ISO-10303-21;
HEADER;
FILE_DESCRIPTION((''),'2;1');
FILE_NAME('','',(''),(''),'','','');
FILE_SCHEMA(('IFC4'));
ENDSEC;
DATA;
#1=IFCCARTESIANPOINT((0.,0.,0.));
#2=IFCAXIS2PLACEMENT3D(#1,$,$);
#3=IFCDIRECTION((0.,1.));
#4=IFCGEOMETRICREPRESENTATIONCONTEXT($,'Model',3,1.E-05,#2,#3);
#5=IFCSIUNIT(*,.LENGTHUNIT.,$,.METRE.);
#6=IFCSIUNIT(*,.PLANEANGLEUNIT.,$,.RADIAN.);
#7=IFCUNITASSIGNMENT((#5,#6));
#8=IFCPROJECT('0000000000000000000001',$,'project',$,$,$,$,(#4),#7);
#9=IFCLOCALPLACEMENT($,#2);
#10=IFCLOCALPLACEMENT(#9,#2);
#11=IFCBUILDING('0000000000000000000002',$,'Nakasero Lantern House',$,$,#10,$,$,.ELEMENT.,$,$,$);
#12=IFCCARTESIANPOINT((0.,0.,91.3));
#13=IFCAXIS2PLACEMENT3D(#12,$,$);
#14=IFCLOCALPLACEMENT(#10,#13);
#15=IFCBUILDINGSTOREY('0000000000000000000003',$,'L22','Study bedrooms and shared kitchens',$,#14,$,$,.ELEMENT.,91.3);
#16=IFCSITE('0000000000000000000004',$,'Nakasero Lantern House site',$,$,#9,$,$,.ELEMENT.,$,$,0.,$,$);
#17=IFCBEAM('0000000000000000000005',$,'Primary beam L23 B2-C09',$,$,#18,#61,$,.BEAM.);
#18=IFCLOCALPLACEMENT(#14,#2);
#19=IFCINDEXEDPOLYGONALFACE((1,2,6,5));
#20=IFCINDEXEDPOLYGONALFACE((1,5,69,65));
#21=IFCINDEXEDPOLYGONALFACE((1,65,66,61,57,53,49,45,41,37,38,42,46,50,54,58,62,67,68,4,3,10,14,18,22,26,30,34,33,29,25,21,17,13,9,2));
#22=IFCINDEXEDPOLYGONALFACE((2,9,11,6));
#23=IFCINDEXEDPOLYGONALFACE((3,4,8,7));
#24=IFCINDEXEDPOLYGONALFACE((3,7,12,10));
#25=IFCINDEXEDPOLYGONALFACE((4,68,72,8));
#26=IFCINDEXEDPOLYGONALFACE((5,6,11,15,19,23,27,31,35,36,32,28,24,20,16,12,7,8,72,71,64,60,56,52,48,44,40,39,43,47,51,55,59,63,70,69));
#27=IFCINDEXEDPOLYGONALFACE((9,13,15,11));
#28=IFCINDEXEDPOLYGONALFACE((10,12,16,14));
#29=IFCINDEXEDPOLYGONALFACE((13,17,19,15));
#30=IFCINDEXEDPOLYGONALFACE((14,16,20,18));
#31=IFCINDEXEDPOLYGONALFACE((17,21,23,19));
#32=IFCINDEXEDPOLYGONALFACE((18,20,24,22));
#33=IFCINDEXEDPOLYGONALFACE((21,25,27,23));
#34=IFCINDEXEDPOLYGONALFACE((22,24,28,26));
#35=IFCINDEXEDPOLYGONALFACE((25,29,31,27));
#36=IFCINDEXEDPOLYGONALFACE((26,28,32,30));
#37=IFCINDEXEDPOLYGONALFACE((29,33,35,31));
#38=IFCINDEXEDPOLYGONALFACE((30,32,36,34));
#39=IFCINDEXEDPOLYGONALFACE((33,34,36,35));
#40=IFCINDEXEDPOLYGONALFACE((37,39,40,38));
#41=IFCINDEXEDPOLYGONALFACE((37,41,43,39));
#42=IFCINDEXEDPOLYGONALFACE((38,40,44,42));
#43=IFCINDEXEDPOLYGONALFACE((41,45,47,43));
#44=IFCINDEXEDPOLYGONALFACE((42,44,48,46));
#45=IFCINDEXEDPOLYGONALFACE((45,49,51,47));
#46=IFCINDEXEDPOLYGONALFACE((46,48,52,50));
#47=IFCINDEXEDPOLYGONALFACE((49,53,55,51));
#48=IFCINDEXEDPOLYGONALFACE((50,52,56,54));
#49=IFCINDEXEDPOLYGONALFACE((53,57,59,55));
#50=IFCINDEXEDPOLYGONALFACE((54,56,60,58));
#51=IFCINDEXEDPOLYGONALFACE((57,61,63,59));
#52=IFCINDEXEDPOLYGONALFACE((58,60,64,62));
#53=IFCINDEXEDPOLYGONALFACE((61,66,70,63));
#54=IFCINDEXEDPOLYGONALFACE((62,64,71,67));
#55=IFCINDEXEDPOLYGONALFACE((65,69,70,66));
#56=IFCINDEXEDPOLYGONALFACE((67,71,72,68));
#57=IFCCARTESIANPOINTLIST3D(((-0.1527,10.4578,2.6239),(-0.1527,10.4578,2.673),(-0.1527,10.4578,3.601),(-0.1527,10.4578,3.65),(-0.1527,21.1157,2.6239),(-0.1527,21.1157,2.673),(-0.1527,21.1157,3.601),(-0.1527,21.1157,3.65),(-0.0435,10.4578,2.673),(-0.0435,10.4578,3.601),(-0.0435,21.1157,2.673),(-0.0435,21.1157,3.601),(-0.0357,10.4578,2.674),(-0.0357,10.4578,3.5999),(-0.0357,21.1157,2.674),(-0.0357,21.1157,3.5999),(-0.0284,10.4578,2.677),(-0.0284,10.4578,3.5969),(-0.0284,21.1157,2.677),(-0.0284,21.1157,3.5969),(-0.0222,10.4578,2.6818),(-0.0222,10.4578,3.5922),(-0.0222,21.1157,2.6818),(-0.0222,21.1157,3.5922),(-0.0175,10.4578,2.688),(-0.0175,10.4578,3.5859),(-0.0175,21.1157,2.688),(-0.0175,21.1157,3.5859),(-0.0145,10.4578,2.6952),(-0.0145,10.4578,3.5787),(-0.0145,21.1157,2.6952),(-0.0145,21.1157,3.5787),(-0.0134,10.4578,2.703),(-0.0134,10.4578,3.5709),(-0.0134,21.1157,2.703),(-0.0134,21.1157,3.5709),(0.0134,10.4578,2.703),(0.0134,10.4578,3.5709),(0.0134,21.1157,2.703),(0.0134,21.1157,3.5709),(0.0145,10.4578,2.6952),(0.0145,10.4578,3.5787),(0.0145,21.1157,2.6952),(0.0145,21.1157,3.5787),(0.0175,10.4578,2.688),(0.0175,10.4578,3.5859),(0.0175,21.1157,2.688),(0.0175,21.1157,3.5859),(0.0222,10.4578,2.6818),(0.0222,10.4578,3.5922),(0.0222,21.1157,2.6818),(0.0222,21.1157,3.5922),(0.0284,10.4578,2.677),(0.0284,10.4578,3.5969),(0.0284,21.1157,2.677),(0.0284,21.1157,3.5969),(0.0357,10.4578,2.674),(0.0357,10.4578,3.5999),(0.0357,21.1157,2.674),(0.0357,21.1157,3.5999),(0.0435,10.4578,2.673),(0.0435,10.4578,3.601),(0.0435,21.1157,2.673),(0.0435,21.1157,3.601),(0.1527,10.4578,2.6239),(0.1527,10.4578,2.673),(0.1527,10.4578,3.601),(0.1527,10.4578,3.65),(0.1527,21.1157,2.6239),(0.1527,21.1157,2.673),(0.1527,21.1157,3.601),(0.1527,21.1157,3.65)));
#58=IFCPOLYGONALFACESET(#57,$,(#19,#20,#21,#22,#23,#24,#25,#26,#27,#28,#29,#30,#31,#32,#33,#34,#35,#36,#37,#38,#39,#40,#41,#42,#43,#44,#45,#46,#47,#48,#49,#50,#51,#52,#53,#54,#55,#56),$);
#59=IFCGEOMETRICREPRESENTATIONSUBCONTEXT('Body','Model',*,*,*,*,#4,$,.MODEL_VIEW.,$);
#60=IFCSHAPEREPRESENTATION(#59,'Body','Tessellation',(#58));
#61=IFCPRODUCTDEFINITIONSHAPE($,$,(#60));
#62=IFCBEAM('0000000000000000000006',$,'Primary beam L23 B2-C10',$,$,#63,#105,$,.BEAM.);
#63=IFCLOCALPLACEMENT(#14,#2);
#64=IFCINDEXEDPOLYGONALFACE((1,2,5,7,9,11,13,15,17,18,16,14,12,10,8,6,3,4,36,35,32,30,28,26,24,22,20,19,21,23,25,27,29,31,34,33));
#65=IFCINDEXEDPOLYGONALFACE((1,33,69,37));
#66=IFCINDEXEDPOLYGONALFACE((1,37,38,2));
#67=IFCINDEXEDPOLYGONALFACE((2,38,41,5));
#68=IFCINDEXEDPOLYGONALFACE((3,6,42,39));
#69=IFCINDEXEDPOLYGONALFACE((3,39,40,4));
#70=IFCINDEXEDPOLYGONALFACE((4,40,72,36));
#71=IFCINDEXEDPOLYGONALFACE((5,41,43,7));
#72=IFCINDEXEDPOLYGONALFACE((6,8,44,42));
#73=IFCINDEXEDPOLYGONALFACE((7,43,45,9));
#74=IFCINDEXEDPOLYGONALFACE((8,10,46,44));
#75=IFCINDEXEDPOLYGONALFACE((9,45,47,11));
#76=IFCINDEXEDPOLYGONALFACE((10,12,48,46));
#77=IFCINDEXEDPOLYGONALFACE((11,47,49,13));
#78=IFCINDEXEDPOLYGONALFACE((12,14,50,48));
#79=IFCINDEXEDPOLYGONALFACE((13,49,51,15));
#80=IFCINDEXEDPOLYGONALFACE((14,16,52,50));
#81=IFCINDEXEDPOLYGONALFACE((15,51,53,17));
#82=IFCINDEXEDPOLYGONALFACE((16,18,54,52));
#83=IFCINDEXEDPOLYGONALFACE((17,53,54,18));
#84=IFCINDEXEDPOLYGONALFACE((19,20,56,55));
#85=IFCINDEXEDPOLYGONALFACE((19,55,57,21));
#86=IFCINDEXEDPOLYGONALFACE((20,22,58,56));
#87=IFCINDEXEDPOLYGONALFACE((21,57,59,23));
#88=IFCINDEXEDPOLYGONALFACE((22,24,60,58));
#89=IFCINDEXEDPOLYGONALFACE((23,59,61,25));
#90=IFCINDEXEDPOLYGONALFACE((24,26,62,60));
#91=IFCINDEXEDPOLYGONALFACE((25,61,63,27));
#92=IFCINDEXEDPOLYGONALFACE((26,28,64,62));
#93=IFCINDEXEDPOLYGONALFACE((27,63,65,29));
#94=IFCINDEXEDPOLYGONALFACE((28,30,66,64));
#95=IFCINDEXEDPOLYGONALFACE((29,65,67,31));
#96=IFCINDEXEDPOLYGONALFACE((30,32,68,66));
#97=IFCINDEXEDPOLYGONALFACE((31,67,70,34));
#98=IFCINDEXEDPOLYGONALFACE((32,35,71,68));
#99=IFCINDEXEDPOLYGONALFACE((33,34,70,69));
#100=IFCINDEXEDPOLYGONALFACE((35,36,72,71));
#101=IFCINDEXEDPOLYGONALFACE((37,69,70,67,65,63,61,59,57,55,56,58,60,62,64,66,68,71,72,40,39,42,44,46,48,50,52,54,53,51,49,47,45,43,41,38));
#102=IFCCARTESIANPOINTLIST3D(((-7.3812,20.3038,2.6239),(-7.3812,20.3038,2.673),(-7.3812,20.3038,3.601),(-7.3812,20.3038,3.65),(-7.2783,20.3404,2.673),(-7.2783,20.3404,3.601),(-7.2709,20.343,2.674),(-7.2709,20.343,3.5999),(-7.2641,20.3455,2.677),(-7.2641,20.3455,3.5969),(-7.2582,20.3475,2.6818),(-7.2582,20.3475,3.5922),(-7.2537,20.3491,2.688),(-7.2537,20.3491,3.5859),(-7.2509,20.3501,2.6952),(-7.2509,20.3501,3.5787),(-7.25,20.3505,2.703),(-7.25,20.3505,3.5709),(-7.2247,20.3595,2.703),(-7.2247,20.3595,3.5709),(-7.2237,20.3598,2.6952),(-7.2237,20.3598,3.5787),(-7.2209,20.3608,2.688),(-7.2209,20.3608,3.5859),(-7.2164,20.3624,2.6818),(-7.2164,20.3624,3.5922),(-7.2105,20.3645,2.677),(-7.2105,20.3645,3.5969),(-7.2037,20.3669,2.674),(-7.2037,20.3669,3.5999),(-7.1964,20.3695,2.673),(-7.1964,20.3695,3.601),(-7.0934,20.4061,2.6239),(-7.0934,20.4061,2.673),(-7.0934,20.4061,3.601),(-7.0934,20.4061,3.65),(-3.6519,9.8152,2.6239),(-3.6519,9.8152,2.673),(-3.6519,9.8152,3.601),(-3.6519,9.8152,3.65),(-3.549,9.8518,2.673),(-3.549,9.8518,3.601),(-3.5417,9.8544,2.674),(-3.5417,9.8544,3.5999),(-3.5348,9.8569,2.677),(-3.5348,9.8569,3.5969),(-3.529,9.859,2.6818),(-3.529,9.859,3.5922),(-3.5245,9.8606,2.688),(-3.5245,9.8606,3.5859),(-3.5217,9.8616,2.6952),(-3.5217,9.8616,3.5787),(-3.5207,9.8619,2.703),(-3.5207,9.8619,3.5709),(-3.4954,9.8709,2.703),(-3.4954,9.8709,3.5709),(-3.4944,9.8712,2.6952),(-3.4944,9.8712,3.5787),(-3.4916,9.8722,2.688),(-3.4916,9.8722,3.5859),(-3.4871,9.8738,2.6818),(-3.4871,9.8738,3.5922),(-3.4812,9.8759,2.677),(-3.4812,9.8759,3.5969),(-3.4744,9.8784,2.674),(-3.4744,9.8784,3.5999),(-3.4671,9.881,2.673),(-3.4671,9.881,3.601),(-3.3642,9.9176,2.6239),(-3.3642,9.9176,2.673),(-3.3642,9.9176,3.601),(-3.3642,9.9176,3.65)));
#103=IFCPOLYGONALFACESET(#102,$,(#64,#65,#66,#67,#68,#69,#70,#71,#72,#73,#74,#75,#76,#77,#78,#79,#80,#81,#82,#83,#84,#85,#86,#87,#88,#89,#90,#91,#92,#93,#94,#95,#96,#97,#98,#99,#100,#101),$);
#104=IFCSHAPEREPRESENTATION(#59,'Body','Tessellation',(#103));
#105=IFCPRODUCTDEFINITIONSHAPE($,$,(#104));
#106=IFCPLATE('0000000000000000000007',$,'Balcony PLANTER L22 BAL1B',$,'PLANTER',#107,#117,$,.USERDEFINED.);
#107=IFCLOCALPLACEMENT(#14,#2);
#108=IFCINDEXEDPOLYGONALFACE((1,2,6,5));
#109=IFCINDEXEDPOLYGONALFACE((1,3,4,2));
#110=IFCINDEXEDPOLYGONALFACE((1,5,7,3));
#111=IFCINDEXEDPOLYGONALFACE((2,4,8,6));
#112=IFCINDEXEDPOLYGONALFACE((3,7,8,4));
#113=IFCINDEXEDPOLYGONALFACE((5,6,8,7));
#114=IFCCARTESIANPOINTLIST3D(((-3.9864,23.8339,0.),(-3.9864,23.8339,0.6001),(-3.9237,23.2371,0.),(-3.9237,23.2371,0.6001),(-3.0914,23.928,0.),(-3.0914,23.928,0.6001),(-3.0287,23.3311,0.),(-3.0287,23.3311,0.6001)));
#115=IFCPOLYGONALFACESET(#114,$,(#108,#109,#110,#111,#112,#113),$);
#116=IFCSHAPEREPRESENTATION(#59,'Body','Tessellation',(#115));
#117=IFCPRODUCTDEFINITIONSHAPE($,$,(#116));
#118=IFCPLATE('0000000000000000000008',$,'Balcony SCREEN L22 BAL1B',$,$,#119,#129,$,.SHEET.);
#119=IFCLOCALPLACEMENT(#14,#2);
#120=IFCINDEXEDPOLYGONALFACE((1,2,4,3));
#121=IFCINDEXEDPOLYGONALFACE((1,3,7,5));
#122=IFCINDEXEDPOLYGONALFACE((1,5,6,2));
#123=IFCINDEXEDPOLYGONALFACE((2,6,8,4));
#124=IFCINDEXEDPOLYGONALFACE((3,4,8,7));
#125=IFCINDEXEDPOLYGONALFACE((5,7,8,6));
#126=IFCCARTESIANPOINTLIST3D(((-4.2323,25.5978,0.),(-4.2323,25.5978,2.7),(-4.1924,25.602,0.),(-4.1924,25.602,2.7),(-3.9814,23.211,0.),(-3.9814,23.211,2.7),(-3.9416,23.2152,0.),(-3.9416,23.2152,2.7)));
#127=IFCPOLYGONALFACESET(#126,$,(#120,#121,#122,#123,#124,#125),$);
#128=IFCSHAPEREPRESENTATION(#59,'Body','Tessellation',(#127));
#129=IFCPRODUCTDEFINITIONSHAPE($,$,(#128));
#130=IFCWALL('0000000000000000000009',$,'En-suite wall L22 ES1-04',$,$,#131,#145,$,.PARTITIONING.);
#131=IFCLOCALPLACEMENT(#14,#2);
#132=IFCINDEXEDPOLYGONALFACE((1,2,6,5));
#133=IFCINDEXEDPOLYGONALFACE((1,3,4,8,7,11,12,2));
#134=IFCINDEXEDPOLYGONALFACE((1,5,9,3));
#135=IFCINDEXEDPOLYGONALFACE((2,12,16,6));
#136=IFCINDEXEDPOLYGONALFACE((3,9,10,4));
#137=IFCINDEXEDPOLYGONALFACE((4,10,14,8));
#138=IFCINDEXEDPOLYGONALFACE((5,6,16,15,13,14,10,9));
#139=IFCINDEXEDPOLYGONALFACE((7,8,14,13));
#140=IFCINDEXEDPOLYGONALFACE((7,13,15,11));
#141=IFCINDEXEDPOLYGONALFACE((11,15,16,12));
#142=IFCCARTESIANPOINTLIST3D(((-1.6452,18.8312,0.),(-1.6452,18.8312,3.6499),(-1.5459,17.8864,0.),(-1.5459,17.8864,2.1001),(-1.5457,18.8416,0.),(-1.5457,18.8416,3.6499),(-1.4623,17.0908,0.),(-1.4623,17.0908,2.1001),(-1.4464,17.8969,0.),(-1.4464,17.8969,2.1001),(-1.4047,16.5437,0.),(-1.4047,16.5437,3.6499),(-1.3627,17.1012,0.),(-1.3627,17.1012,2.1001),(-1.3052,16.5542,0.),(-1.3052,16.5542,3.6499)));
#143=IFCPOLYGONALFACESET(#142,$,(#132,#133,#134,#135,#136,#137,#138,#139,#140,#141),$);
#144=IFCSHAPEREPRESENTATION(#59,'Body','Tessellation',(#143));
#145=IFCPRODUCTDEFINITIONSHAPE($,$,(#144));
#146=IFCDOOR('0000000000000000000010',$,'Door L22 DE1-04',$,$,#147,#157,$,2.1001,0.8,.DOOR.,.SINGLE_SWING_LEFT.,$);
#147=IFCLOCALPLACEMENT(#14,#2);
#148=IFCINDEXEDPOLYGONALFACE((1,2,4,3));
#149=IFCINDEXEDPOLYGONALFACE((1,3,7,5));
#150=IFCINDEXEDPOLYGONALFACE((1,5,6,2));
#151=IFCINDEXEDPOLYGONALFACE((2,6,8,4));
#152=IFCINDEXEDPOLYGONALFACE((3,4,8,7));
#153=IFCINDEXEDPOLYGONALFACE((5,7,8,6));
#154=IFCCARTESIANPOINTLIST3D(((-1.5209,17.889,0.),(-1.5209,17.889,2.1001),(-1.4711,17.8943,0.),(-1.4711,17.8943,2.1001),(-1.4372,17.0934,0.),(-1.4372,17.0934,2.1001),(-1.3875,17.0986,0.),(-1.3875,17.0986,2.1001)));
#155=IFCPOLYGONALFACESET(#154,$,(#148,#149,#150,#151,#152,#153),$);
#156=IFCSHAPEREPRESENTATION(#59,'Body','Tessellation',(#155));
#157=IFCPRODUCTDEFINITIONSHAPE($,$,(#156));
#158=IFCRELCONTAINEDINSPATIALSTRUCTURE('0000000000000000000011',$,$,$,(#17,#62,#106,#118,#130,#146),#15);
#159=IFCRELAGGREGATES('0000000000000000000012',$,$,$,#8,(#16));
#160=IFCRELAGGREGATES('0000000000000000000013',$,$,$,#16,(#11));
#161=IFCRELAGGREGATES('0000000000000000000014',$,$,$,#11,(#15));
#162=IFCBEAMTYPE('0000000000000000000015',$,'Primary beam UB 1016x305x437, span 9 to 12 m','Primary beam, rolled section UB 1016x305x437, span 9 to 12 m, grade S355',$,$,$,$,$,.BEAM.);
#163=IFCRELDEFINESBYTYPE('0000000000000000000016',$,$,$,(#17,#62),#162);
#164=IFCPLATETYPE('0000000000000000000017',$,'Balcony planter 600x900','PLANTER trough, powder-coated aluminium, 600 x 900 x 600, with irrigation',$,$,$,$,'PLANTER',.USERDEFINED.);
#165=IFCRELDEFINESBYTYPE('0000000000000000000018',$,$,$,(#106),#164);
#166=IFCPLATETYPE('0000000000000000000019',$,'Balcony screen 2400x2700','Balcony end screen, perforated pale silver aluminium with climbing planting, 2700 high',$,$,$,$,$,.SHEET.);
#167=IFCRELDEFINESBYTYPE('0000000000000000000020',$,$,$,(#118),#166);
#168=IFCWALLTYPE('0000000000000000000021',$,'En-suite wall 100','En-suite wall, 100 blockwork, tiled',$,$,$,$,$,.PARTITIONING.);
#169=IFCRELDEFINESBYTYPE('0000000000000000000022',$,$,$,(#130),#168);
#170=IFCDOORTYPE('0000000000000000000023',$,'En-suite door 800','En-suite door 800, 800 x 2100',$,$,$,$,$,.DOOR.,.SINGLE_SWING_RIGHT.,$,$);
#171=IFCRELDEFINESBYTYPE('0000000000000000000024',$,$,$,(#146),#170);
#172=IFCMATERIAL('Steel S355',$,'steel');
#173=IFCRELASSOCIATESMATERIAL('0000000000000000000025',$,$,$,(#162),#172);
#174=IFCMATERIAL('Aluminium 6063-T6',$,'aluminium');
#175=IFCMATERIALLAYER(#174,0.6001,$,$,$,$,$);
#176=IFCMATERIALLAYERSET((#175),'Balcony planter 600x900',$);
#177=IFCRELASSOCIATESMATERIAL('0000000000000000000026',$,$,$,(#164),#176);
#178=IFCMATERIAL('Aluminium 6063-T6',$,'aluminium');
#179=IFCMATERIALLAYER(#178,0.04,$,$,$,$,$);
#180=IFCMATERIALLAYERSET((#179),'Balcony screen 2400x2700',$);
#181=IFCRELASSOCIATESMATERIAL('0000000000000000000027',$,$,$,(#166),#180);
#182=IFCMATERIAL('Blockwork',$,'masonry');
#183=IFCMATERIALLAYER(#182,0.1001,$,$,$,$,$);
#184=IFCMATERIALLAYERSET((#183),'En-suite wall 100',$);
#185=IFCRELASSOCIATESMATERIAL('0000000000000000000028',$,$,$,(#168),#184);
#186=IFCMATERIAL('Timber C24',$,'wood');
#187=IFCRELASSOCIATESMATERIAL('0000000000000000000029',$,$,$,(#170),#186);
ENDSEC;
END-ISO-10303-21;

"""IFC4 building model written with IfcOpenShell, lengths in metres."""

from ifc_helpers import new_model, si_unit, direction, frame, frame_2d, origin, origin_2d, place, context, subcontext, project, spatial, rectangle, i_section, extrude, material, layer, layer_set, material_profile, profile_set, type_object, element, fill, save


model = new_model("IFC4")

# Units and contexts
model_context = context("Model", 3, precision=1e-05, world=origin(), true_north=direction((0.0, 1.0)))
body_context = subcontext(model_context, "Body", "Model", "MODEL_VIEW")
ifc_project = project(units=[si_unit("LENGTHUNIT", "METRE"), si_unit("PLANEANGLEUNIT", "RADIAN")], contexts=[model_context])

# Site, building, storey
site_placement = place(None, origin())
site = spatial("IfcSite", under=ifc_project, at=site_placement, Name="Nakasero Lantern House site", CompositionType="ELEMENT", RefElevation=0.0)
building_placement = place(site_placement, origin())
building = spatial("IfcBuilding", under=site, at=building_placement, Name="Nakasero Lantern House", CompositionType="ELEMENT")
storey_placement = place(building_placement, frame((0.0, 0.0, 91.3)))
storey = spatial("IfcBuildingStorey", under=building, at=storey_placement, Name="L22", Description="Study bedrooms and shared kitchens", CompositionType="ELEMENT", Elevation=91.3)

# Beams
ifc_material_1 = material(Name="Steel S355", Category="steel")
ifc_material_profile_1 = material_profile(ifc_material_1, i_section(OverallWidth=0.3054, OverallDepth=1.0261, WebThickness=0.0269, FlangeThickness=0.0491, FilletRadius=0.03, at=origin_2d()), Name="UB 1016x305x437")
ifc_profile_set_1 = profile_set([ifc_material_profile_1], Name="Steel S355")
beam_type_1 = type_object("IfcBeamType", Name="Primary beam UB 1016x305x437, span 9 to 12 m", Description="Primary beam, rolled section UB 1016x305x437, span 9 to 12 m, grade S355", PredefinedType="BEAM", material=ifc_profile_set_1)
beam_1_placement = place(storey_placement, frame((0.0, 21.1157, 3.137), z_axis=(0.0, -1.0, 0.0), x_axis=(1.0, 0.0, 0.0)))
element("IfcBeam", 1, at=beam_1_placement, inside=storey, type_object=beam_type_1, Name="Primary beam L23 B2-C09", PredefinedType="BEAM", context=body_context, shape_type="SweptSolid", body=[
    extrude(i_section(OverallWidth=0.3054, OverallDepth=1.0261, WebThickness=0.0269, FlangeThickness=0.0491, FilletRadius=0.03, at=origin_2d()), origin(), (0.0, 0.0, 1.0), 10.658),
])
beam_2_placement = place(storey_placement, frame((-7.2373, 20.355, 3.137), z_axis=(0.335009, -0.942215, 0.0), x_axis=(0.942215, 0.335009, 0.0)))
element("IfcBeam", 2, at=beam_2_placement, inside=storey, type_object=beam_type_1, Name="Primary beam L23 B2-C10", PredefinedType="BEAM", context=body_context, shape_type="SweptSolid", body=[
    extrude(i_section(OverallWidth=0.3054, OverallDepth=1.0261, WebThickness=0.0269, FlangeThickness=0.0491, FilletRadius=0.03, at=origin_2d()), origin(), (0.0, 0.0, 1.0), 11.1318),
])

# Plates
ifc_material_2 = material(Name="Aluminium 6063-T6", Category="aluminium")
ifc_layer_1 = layer(ifc_material_2, 0.6001)
ifc_layer_set_1 = layer_set([ifc_layer_1], Name="Balcony planter 600x900")
plate_type_1 = type_object("IfcPlateType", Name="Balcony planter 600x900", Description="PLANTER trough, powder-coated aluminium, 600 x 900 x 600, with irrigation", ElementType="PLANTER", PredefinedType="USERDEFINED", material=ifc_layer_set_1)
plate_1_placement = place(storey_placement, frame((-3.5076, 23.5825, 0.0), z_axis=(0.0, 0.0, 1.0), x_axis=(-0.104528, 0.994522, 0.0)))
element("IfcPlate", 3, at=plate_1_placement, inside=storey, type_object=plate_type_1, Name="Balcony PLANTER L22 BAL1B", ObjectType="PLANTER", PredefinedType="USERDEFINED", context=body_context, shape_type="SweptSolid", body=[
    extrude(rectangle(XDim=0.6001, YDim=0.8999, at=origin_2d()), origin(), (0.0, 0.0, 1.0), 0.6001),
])
ifc_material_3 = material(Name="Aluminium 6063-T6", Category="aluminium")
ifc_layer_2 = layer(ifc_material_3, 0.04)
ifc_layer_set_2 = layer_set([ifc_layer_2], Name="Balcony screen 2400x2700")
plate_type_2 = type_object("IfcPlateType", Name="Balcony screen 2400x2700", Description="Balcony end screen, perforated pale silver aluminium with climbing planting, 2700 high", PredefinedType="SHEET", material=ifc_layer_set_2)
plate_2_placement = place(storey_placement, frame((-4.0869, 24.4065, 0.0), z_axis=(0.0, 0.0, 1.0), x_axis=(-0.104528, 0.994522, 0.0)))
element("IfcPlate", 4, at=plate_2_placement, inside=storey, type_object=plate_type_2, Name="Balcony SCREEN L22 BAL1B", PredefinedType="SHEET", context=body_context, shape_type="SweptSolid", body=[
    extrude(rectangle(XDim=2.3999, YDim=0.04, at=origin_2d()), origin(), (0.0, 0.0, 1.0), 2.7),
])

# Wall, opening, door
ifc_material_4 = material(Name="Blockwork", Category="masonry")
ifc_layer_3 = layer(ifc_material_4, 0.1001)
ifc_layer_set_3 = layer_set([ifc_layer_3], Name="En-suite wall 100")
wall_type_1 = type_object("IfcWallType", Name="En-suite wall 100", Description="En-suite wall, 100 blockwork, tiled", PredefinedType="PARTITIONING", material=ifc_layer_set_3)
wall_1_placement = place(storey_placement, frame((-1.355, 16.5491, 0.0), z_axis=(0.0, 0.0, 1.0), x_axis=(-0.104558, 0.994519, 0.0)))
wall_1 = element("IfcWall", 5, at=wall_1_placement, inside=storey, type_object=wall_type_1, Name="En-suite wall L22 ES1-04", PredefinedType="PARTITIONING", context=body_context, shape_type="SweptSolid", body=[
    extrude(rectangle(XDim=2.3, YDim=0.1001, at=frame_2d((1.1499, 0.0))), origin(), (0.0, 0.0, 1.0), 3.6499),
])
opening_1_placement = place(wall_1_placement, frame((0.55, 0.0, 0.0)))
opening_1 = element("IfcOpeningElement", 6, at=opening_1_placement, cuts=wall_1, PredefinedType="OPENING", context=body_context, shape_type="SweptSolid", body=[
    extrude(rectangle(XDim=0.8, YDim=2.1001, at=frame_2d((0.3999, 1.05))), frame((0.0, 0.0701, 0.0), z_axis=(0.0, -1.0, 0.0), x_axis=(1.0, 0.0, 0.0)), (0.0, 0.0, 1.0), 0.1401),
])
ifc_material_5 = material(Name="Timber C24", Category="wood")
door_type_1 = type_object("IfcDoorType", Name="En-suite door 800", Description="En-suite door 800, 800 x 2100", OperationType="SINGLE_SWING_RIGHT", PredefinedType="DOOR", material=ifc_material_5)
door_1_placement = place(opening_1_placement, origin())
door_1 = element("IfcDoor", 7, at=door_1_placement, inside=storey, type_object=door_type_1, Name="Door L22 DE1-04", OperationType="SINGLE_SWING_LEFT", OverallHeight=2.1001, OverallWidth=0.8, PredefinedType="DOOR", context=body_context, shape_type="SweptSolid", body=[
    extrude(rectangle(XDim=0.8, YDim=2.1001, at=frame_2d((0.3999, 1.05))), frame((0.0, 0.0249, 0.0), z_axis=(0.0, -1.0, 0.0), x_axis=(1.0, 0.0, 0.0)), (0.0, 0.0, 1.0), 0.05),
])
fill(opening_1, door_1)

save(model, "model.ifc")
